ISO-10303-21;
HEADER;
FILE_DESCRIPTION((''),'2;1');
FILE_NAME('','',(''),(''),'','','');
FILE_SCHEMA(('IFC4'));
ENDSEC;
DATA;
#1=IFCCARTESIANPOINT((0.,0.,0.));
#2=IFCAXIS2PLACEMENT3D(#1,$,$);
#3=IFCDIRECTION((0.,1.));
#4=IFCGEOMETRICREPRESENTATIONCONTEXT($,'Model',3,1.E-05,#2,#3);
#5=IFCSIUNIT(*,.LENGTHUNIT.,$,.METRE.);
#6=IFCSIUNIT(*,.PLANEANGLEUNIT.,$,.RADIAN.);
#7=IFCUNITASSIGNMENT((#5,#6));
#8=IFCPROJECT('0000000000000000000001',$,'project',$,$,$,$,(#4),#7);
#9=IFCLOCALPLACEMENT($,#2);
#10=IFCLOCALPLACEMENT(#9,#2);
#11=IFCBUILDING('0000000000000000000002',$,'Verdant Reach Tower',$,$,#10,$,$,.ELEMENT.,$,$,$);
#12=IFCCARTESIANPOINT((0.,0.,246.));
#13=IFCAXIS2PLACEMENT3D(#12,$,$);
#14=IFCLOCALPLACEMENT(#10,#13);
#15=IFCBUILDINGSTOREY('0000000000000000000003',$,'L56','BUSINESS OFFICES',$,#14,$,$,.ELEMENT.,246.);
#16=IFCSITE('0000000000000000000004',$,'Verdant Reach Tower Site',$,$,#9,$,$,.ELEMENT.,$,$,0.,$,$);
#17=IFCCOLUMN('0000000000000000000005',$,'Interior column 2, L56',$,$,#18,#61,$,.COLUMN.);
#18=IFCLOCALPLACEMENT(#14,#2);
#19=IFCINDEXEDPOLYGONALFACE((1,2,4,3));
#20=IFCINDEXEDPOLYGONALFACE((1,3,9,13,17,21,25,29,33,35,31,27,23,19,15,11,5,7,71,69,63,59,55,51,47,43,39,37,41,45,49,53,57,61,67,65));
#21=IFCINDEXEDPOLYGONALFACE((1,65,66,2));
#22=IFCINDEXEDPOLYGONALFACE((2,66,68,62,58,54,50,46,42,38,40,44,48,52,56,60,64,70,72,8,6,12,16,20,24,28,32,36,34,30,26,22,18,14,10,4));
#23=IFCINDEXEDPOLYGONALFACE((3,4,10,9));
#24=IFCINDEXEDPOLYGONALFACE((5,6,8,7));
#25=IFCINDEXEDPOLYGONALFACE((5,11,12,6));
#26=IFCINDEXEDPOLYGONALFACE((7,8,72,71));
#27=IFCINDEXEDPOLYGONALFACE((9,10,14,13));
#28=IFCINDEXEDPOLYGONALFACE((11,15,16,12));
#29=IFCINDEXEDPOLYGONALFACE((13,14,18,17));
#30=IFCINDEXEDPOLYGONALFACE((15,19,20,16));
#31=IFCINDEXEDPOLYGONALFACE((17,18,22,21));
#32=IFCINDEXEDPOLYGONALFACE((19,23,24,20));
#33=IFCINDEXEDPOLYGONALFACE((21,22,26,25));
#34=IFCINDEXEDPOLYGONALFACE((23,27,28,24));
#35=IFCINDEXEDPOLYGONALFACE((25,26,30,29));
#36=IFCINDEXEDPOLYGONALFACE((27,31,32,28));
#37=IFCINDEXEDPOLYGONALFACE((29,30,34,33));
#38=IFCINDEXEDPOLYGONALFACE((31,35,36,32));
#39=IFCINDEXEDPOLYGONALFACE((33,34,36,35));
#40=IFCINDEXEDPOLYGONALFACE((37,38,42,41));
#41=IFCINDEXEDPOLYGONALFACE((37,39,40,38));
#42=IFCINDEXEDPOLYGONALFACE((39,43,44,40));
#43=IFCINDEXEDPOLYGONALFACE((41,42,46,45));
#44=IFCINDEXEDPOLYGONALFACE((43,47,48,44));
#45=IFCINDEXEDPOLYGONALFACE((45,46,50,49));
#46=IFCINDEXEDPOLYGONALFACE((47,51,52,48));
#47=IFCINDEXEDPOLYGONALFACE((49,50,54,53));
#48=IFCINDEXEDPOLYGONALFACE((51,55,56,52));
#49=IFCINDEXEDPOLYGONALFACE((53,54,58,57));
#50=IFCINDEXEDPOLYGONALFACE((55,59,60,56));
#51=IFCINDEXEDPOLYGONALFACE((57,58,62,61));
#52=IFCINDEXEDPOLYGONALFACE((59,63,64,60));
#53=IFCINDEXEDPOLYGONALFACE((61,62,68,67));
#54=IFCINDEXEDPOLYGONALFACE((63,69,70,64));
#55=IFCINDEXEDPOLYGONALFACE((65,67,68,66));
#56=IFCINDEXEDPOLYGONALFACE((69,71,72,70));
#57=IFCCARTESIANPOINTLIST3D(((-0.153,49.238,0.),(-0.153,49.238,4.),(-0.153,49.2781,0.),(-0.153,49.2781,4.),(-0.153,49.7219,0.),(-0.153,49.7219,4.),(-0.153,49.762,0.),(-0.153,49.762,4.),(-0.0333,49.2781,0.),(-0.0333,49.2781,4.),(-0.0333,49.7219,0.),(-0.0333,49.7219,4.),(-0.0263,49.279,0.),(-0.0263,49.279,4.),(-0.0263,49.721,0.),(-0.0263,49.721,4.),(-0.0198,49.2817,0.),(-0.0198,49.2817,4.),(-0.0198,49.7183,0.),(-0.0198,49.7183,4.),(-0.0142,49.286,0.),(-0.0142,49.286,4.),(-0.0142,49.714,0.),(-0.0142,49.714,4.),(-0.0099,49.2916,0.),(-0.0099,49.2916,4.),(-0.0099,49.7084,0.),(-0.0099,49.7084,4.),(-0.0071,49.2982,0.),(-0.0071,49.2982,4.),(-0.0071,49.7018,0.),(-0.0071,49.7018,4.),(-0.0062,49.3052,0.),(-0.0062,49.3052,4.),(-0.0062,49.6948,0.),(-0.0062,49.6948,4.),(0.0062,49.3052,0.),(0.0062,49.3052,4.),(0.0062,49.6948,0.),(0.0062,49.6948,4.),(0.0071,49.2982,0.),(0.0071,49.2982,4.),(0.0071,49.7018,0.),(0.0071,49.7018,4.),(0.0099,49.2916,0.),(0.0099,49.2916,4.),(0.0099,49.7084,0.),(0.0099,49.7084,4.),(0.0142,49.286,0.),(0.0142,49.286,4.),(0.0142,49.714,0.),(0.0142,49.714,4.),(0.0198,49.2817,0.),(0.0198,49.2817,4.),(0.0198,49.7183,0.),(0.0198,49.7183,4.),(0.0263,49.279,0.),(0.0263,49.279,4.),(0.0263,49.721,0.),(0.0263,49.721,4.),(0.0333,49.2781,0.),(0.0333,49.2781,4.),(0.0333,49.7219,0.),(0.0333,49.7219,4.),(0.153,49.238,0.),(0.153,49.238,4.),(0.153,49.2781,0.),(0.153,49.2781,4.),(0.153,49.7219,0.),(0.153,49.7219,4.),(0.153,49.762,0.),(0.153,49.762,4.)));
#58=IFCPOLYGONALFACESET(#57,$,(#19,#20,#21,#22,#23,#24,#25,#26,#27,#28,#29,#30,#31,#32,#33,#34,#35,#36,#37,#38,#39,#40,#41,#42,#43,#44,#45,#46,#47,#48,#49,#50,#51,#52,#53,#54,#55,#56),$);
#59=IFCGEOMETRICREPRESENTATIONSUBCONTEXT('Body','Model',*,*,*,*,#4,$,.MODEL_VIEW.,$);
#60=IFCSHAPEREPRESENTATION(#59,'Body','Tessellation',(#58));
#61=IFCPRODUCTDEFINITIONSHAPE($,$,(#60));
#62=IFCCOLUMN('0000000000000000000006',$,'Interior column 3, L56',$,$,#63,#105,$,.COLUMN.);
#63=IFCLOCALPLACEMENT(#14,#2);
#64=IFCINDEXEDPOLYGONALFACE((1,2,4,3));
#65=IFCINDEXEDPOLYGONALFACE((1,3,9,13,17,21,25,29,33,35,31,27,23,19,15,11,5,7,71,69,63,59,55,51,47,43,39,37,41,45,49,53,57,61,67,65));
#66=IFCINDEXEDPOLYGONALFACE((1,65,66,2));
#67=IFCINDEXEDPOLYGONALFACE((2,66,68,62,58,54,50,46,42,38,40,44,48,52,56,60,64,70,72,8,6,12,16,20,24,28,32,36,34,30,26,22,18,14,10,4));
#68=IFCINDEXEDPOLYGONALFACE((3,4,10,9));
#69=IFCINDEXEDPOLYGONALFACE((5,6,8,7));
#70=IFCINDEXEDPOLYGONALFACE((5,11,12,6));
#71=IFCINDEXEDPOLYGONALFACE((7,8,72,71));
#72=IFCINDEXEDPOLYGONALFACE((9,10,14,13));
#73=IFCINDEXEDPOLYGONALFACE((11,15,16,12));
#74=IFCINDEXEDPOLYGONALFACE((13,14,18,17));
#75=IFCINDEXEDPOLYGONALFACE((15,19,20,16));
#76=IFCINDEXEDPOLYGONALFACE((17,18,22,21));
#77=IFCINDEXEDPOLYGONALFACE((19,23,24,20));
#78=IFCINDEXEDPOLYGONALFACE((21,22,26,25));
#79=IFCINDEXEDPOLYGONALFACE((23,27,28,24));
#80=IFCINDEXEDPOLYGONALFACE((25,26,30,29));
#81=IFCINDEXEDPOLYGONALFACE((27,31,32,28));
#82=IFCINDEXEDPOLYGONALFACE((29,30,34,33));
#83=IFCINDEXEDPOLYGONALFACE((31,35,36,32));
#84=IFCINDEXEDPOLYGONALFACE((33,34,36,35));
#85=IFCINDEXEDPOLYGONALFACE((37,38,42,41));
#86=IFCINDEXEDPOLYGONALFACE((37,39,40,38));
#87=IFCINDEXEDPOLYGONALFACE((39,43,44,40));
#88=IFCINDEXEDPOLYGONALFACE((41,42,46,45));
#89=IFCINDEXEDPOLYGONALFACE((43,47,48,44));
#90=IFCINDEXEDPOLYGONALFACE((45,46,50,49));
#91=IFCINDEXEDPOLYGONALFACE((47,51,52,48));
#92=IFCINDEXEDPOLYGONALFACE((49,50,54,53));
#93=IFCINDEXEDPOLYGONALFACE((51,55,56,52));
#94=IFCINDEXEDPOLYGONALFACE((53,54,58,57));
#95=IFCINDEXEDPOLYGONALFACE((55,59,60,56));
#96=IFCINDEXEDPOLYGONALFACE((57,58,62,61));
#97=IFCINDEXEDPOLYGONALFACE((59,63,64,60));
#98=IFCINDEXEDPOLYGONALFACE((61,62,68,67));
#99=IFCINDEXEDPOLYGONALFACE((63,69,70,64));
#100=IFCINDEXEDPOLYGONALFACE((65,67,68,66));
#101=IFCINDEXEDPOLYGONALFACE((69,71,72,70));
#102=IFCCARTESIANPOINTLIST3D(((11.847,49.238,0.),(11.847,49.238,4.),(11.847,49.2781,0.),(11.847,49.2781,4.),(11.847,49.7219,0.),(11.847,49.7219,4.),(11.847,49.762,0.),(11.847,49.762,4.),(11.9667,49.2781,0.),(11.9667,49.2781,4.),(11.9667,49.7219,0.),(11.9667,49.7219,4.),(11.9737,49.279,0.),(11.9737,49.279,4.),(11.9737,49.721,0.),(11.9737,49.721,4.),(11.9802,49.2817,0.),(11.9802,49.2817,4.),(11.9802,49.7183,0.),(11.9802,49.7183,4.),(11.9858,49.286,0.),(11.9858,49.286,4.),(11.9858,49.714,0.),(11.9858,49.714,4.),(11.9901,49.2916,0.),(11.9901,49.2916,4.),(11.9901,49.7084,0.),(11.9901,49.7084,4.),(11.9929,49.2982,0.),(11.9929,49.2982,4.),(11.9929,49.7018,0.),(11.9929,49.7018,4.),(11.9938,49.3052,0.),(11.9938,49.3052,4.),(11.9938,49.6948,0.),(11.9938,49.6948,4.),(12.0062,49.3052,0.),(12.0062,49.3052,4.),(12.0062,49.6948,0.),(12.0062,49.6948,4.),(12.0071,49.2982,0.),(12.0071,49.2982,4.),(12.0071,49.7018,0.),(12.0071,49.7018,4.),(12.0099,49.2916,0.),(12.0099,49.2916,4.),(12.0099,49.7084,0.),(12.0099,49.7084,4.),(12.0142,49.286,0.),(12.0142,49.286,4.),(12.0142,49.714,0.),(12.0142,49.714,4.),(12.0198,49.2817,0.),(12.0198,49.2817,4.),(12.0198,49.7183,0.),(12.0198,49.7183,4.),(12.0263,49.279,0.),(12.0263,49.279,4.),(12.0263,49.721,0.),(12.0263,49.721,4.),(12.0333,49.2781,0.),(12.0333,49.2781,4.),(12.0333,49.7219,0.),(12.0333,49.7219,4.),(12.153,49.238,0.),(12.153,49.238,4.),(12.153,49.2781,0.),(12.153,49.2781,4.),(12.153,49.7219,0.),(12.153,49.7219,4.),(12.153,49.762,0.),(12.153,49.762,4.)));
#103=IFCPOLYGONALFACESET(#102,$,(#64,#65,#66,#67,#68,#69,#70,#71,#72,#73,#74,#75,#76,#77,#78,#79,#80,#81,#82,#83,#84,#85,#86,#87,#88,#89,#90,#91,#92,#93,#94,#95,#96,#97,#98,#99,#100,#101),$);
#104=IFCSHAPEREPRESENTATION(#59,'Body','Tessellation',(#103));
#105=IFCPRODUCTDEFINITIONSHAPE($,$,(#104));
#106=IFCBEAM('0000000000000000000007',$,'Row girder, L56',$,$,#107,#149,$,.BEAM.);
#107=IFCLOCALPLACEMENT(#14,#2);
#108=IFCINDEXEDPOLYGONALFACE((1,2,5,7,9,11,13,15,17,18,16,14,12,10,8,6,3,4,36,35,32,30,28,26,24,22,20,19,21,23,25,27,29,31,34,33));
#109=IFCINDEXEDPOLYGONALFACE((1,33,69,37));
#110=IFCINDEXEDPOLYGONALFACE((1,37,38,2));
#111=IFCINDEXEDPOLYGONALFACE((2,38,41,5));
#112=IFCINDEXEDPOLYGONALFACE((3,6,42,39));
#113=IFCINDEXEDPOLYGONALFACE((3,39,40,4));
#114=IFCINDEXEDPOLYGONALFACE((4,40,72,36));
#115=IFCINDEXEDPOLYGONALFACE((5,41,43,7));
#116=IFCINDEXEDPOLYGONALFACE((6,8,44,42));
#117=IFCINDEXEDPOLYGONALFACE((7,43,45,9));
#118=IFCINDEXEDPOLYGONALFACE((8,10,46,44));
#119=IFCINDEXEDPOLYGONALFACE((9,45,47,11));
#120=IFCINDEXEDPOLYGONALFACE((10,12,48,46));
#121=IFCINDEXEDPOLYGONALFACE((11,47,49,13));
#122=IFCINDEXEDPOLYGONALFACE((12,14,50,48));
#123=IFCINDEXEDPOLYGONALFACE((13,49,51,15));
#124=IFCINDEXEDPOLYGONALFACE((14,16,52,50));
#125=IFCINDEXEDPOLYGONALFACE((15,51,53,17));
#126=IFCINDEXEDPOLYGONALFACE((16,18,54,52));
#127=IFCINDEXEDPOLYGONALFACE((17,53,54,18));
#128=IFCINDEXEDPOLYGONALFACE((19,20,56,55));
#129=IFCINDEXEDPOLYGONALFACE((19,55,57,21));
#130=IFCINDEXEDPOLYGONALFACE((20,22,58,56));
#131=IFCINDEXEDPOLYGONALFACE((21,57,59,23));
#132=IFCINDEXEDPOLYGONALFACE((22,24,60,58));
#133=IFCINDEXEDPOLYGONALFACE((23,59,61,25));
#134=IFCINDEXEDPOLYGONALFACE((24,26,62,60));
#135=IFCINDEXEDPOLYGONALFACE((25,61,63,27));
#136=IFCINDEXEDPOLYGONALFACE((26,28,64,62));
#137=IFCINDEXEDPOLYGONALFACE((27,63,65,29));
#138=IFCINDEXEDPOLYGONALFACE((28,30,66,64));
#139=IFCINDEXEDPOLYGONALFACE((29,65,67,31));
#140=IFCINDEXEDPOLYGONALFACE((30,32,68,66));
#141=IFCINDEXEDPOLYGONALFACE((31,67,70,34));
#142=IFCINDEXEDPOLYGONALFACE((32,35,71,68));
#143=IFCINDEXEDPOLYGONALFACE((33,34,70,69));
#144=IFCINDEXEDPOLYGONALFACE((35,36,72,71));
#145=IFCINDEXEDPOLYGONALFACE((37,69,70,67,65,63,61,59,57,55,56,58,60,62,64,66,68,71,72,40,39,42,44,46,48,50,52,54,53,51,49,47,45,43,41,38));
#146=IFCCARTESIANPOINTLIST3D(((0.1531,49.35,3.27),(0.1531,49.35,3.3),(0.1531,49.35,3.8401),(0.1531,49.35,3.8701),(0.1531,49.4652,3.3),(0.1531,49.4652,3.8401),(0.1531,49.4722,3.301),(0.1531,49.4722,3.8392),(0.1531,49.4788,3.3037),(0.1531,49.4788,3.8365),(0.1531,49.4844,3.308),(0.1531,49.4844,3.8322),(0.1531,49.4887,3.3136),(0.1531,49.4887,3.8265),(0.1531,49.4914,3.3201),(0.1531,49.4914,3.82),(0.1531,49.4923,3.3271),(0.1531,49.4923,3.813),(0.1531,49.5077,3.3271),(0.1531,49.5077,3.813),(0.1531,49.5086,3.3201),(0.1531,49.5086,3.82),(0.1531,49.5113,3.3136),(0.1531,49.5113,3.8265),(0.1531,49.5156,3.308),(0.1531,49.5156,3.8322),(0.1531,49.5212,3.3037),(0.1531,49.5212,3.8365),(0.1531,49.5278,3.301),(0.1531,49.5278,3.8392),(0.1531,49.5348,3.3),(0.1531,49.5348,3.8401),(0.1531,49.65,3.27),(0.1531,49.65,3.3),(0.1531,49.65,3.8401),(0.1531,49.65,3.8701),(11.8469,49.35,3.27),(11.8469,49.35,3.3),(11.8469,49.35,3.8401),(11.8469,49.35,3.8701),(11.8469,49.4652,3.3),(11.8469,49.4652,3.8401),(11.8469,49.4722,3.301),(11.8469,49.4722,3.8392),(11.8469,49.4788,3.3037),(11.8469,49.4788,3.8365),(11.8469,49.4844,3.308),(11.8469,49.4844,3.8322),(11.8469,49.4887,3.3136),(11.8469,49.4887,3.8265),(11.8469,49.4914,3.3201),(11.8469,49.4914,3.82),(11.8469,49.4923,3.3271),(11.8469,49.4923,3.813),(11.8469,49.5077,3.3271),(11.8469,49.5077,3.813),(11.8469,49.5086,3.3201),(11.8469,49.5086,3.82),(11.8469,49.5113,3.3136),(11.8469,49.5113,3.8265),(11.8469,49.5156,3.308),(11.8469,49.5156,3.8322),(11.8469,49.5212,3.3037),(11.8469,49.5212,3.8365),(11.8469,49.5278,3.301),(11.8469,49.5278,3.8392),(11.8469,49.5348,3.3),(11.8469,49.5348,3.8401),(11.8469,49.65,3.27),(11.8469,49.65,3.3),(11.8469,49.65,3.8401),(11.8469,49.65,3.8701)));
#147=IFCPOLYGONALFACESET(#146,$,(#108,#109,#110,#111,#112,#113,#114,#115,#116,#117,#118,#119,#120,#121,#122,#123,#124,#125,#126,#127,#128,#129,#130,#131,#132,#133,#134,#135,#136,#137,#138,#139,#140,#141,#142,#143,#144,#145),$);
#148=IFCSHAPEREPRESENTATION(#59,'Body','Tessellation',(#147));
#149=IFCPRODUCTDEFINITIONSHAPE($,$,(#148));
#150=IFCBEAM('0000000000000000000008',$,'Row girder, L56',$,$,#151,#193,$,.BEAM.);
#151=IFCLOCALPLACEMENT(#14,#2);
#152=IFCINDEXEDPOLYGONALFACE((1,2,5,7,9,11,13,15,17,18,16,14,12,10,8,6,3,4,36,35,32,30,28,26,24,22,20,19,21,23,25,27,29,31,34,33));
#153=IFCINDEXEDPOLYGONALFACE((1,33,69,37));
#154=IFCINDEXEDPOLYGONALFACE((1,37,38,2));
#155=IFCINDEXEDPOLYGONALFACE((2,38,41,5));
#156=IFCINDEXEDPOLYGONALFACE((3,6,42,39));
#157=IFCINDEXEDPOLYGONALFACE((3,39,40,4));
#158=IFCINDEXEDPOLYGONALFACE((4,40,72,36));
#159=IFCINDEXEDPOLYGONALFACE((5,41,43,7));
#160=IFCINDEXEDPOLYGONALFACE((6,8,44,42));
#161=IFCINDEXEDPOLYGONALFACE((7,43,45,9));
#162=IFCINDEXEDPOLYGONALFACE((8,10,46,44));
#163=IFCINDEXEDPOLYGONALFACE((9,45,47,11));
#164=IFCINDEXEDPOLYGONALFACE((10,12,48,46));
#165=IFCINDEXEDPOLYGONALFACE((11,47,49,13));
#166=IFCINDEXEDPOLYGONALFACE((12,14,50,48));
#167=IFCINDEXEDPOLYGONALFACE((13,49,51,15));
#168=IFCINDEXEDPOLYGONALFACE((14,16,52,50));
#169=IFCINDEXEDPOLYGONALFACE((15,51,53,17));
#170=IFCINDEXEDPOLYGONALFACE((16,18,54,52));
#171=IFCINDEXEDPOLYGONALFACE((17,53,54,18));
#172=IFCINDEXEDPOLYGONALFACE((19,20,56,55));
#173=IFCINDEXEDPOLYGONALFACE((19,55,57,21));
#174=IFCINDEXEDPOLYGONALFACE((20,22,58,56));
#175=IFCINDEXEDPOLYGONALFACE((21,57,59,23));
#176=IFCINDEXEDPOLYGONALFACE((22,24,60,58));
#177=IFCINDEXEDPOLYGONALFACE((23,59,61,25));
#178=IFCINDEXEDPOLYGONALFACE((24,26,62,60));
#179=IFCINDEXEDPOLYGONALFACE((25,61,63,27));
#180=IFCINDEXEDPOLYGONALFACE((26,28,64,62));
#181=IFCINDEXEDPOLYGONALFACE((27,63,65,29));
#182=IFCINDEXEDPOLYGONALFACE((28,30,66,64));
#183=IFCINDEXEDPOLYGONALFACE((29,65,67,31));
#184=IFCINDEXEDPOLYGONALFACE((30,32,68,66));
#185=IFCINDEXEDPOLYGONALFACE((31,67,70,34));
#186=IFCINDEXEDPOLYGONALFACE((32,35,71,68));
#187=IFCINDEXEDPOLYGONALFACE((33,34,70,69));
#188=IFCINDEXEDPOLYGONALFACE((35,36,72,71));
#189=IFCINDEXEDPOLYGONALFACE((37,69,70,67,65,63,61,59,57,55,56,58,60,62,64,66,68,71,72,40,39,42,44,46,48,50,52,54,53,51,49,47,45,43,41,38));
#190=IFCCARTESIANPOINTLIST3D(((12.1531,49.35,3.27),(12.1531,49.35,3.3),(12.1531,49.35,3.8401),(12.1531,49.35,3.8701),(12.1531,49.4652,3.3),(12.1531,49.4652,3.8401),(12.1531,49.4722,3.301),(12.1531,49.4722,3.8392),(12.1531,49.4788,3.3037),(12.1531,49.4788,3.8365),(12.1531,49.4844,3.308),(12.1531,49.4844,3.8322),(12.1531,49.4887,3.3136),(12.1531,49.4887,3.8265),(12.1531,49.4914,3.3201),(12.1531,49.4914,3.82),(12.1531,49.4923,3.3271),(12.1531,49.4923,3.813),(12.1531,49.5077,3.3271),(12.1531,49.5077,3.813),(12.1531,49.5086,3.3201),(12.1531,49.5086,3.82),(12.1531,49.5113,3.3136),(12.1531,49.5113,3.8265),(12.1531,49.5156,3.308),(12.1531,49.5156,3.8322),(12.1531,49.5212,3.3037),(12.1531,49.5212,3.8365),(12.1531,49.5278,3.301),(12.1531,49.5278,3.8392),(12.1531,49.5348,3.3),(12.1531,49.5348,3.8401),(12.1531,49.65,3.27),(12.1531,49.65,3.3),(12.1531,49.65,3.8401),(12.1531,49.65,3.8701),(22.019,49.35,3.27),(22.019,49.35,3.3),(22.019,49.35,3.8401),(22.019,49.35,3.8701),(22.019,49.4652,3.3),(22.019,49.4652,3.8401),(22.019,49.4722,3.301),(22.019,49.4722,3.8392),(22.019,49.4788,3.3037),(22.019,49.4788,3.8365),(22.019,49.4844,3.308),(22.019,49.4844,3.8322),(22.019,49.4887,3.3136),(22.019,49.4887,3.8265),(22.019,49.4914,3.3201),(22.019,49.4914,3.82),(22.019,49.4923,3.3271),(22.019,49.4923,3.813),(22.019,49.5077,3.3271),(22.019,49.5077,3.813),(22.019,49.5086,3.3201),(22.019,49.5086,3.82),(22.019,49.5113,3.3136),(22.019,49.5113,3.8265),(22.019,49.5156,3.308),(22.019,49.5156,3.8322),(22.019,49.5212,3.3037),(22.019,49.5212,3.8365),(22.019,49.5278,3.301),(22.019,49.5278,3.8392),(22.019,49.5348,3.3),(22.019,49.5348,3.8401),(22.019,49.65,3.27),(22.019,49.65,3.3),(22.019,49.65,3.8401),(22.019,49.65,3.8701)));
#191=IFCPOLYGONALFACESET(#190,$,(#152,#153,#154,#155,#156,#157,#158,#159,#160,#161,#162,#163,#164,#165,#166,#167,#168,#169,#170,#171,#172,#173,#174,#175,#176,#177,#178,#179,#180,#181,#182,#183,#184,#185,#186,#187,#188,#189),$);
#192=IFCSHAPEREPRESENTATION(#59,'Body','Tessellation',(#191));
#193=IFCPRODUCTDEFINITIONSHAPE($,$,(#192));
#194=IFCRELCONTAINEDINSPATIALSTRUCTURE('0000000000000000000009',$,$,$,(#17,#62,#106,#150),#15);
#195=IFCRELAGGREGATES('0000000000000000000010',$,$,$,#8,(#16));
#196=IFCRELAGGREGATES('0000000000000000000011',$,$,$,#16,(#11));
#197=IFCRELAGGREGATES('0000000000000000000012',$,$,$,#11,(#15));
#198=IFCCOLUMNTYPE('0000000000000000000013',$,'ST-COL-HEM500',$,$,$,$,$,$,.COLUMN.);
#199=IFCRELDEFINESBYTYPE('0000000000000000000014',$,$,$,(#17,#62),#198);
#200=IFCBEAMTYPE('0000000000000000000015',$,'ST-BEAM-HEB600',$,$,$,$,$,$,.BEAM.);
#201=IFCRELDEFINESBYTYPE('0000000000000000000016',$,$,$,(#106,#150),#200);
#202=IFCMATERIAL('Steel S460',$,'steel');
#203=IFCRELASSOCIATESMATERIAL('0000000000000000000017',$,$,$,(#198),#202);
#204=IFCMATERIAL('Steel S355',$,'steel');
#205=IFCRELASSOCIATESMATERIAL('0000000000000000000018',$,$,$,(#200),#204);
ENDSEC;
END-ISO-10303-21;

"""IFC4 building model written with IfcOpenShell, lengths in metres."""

from ifc_helpers import new_model, si_unit, direction, frame, origin, origin_2d, place, context, subcontext, project, spatial, i_section, extrude, material, material_profile, profile_set, type_object, element, save


model = new_model("IFC4")

# Units and contexts
model_context = context("Model", 3, precision=1e-05, world=origin(), true_north=direction((0.0, 1.0)))
body_context = subcontext(model_context, "Body", "Model", "MODEL_VIEW")
ifc_project = project(units=[si_unit("LENGTHUNIT", "METRE"), si_unit("PLANEANGLEUNIT", "RADIAN")], contexts=[model_context])

# Site, building, storey
site_placement = place(None, origin())
site = spatial("IfcSite", under=ifc_project, at=site_placement, Name="Verdant Reach Tower Site", CompositionType="ELEMENT", RefElevation=0.0)
building_placement = place(site_placement, origin())
building = spatial("IfcBuilding", under=site, at=building_placement, Name="Verdant Reach Tower", CompositionType="ELEMENT")
storey_placement = place(building_placement, frame((0.0, 0.0, 246.0)))
storey = spatial("IfcBuildingStorey", under=building, at=storey_placement, Name="L56", Description="BUSINESS OFFICES", CompositionType="ELEMENT", Elevation=246.0)

# Columns
ifc_material_1 = material(Name="Steel S460", Category="steel")
ifc_material_profile_1 = material_profile(ifc_material_1, i_section(OverallWidth=0.3059, OverallDepth=0.5239, WebThickness=0.0125, FlangeThickness=0.04, FilletRadius=0.0271, at=origin_2d()), Name="HEM 500")
ifc_profile_set_1 = profile_set([ifc_material_profile_1], Name="Steel S460")
column_type = type_object("IfcColumnType", Name="ST-COL-HEM500", PredefinedType="COLUMN", material=ifc_profile_set_1)
for number, where, z_axis, x_axis, name in (
    (1, (0.0, 49.5, 0.0), (0.0, 0.0, 1.0), (1.0, 0.0, 0.0), "Interior column 2, L56"),
    (2, (12.0, 49.5, 0.0), (0.0, 0.0, 1.0), (1.0, 0.0, 0.0), "Interior column 3, L56"),
):
    element("IfcColumn", number, at=place(storey_placement, frame(where, z_axis=z_axis, x_axis=x_axis)), inside=storey, type_object=column_type, Name=name, PredefinedType="COLUMN", context=body_context, shape_type="SweptSolid", body=[
        extrude(i_section(OverallWidth=0.3059, OverallDepth=0.5239, WebThickness=0.0125, FlangeThickness=0.04, FilletRadius=0.0271, at=origin_2d()), origin(), (0.0, 0.0, 1.0), 4.0),
    ])

# Beams
ifc_material_2 = material(Name="Steel S355", Category="steel")
ifc_material_profile_2 = material_profile(ifc_material_2, i_section(OverallWidth=0.3, OverallDepth=0.6001, WebThickness=0.0154, FlangeThickness=0.03, FilletRadius=0.0271, at=origin_2d()), Name="HEB 600")
ifc_profile_set_2 = profile_set([ifc_material_profile_2], Name="Steel S355")
beam_type_1 = type_object("IfcBeamType", Name="ST-BEAM-HEB600", PredefinedType="BEAM", material=ifc_profile_set_2)
beam_1_placement = place(storey_placement, frame((0.1531, 49.5, 3.5701), z_axis=(1.0, 0.0, 0.0), x_axis=(0.0, 1.0, 0.0)))
element("IfcBeam", 3, at=beam_1_placement, inside=storey, type_object=beam_type_1, Name="Row girder, L56", PredefinedType="BEAM", context=body_context, shape_type="SweptSolid", body=[
    extrude(i_section(OverallWidth=0.3, OverallDepth=0.6001, WebThickness=0.0154, FlangeThickness=0.03, FilletRadius=0.0271, at=origin_2d()), origin(), (0.0, 0.0, 1.0), 11.6938),
])
beam_2_placement = place(storey_placement, frame((12.1531, 49.5, 3.5701), z_axis=(1.0, 0.0, 0.0), x_axis=(0.0, 1.0, 0.0)))
element("IfcBeam", 4, at=beam_2_placement, inside=storey, type_object=beam_type_1, Name="Row girder, L56", PredefinedType="BEAM", context=body_context, shape_type="SweptSolid", body=[
    extrude(i_section(OverallWidth=0.3, OverallDepth=0.6001, WebThickness=0.0154, FlangeThickness=0.03, FilletRadius=0.0271, at=origin_2d()), origin(), (0.0, 0.0, 1.0), 9.866),
])

save(model, "model.ifc")
